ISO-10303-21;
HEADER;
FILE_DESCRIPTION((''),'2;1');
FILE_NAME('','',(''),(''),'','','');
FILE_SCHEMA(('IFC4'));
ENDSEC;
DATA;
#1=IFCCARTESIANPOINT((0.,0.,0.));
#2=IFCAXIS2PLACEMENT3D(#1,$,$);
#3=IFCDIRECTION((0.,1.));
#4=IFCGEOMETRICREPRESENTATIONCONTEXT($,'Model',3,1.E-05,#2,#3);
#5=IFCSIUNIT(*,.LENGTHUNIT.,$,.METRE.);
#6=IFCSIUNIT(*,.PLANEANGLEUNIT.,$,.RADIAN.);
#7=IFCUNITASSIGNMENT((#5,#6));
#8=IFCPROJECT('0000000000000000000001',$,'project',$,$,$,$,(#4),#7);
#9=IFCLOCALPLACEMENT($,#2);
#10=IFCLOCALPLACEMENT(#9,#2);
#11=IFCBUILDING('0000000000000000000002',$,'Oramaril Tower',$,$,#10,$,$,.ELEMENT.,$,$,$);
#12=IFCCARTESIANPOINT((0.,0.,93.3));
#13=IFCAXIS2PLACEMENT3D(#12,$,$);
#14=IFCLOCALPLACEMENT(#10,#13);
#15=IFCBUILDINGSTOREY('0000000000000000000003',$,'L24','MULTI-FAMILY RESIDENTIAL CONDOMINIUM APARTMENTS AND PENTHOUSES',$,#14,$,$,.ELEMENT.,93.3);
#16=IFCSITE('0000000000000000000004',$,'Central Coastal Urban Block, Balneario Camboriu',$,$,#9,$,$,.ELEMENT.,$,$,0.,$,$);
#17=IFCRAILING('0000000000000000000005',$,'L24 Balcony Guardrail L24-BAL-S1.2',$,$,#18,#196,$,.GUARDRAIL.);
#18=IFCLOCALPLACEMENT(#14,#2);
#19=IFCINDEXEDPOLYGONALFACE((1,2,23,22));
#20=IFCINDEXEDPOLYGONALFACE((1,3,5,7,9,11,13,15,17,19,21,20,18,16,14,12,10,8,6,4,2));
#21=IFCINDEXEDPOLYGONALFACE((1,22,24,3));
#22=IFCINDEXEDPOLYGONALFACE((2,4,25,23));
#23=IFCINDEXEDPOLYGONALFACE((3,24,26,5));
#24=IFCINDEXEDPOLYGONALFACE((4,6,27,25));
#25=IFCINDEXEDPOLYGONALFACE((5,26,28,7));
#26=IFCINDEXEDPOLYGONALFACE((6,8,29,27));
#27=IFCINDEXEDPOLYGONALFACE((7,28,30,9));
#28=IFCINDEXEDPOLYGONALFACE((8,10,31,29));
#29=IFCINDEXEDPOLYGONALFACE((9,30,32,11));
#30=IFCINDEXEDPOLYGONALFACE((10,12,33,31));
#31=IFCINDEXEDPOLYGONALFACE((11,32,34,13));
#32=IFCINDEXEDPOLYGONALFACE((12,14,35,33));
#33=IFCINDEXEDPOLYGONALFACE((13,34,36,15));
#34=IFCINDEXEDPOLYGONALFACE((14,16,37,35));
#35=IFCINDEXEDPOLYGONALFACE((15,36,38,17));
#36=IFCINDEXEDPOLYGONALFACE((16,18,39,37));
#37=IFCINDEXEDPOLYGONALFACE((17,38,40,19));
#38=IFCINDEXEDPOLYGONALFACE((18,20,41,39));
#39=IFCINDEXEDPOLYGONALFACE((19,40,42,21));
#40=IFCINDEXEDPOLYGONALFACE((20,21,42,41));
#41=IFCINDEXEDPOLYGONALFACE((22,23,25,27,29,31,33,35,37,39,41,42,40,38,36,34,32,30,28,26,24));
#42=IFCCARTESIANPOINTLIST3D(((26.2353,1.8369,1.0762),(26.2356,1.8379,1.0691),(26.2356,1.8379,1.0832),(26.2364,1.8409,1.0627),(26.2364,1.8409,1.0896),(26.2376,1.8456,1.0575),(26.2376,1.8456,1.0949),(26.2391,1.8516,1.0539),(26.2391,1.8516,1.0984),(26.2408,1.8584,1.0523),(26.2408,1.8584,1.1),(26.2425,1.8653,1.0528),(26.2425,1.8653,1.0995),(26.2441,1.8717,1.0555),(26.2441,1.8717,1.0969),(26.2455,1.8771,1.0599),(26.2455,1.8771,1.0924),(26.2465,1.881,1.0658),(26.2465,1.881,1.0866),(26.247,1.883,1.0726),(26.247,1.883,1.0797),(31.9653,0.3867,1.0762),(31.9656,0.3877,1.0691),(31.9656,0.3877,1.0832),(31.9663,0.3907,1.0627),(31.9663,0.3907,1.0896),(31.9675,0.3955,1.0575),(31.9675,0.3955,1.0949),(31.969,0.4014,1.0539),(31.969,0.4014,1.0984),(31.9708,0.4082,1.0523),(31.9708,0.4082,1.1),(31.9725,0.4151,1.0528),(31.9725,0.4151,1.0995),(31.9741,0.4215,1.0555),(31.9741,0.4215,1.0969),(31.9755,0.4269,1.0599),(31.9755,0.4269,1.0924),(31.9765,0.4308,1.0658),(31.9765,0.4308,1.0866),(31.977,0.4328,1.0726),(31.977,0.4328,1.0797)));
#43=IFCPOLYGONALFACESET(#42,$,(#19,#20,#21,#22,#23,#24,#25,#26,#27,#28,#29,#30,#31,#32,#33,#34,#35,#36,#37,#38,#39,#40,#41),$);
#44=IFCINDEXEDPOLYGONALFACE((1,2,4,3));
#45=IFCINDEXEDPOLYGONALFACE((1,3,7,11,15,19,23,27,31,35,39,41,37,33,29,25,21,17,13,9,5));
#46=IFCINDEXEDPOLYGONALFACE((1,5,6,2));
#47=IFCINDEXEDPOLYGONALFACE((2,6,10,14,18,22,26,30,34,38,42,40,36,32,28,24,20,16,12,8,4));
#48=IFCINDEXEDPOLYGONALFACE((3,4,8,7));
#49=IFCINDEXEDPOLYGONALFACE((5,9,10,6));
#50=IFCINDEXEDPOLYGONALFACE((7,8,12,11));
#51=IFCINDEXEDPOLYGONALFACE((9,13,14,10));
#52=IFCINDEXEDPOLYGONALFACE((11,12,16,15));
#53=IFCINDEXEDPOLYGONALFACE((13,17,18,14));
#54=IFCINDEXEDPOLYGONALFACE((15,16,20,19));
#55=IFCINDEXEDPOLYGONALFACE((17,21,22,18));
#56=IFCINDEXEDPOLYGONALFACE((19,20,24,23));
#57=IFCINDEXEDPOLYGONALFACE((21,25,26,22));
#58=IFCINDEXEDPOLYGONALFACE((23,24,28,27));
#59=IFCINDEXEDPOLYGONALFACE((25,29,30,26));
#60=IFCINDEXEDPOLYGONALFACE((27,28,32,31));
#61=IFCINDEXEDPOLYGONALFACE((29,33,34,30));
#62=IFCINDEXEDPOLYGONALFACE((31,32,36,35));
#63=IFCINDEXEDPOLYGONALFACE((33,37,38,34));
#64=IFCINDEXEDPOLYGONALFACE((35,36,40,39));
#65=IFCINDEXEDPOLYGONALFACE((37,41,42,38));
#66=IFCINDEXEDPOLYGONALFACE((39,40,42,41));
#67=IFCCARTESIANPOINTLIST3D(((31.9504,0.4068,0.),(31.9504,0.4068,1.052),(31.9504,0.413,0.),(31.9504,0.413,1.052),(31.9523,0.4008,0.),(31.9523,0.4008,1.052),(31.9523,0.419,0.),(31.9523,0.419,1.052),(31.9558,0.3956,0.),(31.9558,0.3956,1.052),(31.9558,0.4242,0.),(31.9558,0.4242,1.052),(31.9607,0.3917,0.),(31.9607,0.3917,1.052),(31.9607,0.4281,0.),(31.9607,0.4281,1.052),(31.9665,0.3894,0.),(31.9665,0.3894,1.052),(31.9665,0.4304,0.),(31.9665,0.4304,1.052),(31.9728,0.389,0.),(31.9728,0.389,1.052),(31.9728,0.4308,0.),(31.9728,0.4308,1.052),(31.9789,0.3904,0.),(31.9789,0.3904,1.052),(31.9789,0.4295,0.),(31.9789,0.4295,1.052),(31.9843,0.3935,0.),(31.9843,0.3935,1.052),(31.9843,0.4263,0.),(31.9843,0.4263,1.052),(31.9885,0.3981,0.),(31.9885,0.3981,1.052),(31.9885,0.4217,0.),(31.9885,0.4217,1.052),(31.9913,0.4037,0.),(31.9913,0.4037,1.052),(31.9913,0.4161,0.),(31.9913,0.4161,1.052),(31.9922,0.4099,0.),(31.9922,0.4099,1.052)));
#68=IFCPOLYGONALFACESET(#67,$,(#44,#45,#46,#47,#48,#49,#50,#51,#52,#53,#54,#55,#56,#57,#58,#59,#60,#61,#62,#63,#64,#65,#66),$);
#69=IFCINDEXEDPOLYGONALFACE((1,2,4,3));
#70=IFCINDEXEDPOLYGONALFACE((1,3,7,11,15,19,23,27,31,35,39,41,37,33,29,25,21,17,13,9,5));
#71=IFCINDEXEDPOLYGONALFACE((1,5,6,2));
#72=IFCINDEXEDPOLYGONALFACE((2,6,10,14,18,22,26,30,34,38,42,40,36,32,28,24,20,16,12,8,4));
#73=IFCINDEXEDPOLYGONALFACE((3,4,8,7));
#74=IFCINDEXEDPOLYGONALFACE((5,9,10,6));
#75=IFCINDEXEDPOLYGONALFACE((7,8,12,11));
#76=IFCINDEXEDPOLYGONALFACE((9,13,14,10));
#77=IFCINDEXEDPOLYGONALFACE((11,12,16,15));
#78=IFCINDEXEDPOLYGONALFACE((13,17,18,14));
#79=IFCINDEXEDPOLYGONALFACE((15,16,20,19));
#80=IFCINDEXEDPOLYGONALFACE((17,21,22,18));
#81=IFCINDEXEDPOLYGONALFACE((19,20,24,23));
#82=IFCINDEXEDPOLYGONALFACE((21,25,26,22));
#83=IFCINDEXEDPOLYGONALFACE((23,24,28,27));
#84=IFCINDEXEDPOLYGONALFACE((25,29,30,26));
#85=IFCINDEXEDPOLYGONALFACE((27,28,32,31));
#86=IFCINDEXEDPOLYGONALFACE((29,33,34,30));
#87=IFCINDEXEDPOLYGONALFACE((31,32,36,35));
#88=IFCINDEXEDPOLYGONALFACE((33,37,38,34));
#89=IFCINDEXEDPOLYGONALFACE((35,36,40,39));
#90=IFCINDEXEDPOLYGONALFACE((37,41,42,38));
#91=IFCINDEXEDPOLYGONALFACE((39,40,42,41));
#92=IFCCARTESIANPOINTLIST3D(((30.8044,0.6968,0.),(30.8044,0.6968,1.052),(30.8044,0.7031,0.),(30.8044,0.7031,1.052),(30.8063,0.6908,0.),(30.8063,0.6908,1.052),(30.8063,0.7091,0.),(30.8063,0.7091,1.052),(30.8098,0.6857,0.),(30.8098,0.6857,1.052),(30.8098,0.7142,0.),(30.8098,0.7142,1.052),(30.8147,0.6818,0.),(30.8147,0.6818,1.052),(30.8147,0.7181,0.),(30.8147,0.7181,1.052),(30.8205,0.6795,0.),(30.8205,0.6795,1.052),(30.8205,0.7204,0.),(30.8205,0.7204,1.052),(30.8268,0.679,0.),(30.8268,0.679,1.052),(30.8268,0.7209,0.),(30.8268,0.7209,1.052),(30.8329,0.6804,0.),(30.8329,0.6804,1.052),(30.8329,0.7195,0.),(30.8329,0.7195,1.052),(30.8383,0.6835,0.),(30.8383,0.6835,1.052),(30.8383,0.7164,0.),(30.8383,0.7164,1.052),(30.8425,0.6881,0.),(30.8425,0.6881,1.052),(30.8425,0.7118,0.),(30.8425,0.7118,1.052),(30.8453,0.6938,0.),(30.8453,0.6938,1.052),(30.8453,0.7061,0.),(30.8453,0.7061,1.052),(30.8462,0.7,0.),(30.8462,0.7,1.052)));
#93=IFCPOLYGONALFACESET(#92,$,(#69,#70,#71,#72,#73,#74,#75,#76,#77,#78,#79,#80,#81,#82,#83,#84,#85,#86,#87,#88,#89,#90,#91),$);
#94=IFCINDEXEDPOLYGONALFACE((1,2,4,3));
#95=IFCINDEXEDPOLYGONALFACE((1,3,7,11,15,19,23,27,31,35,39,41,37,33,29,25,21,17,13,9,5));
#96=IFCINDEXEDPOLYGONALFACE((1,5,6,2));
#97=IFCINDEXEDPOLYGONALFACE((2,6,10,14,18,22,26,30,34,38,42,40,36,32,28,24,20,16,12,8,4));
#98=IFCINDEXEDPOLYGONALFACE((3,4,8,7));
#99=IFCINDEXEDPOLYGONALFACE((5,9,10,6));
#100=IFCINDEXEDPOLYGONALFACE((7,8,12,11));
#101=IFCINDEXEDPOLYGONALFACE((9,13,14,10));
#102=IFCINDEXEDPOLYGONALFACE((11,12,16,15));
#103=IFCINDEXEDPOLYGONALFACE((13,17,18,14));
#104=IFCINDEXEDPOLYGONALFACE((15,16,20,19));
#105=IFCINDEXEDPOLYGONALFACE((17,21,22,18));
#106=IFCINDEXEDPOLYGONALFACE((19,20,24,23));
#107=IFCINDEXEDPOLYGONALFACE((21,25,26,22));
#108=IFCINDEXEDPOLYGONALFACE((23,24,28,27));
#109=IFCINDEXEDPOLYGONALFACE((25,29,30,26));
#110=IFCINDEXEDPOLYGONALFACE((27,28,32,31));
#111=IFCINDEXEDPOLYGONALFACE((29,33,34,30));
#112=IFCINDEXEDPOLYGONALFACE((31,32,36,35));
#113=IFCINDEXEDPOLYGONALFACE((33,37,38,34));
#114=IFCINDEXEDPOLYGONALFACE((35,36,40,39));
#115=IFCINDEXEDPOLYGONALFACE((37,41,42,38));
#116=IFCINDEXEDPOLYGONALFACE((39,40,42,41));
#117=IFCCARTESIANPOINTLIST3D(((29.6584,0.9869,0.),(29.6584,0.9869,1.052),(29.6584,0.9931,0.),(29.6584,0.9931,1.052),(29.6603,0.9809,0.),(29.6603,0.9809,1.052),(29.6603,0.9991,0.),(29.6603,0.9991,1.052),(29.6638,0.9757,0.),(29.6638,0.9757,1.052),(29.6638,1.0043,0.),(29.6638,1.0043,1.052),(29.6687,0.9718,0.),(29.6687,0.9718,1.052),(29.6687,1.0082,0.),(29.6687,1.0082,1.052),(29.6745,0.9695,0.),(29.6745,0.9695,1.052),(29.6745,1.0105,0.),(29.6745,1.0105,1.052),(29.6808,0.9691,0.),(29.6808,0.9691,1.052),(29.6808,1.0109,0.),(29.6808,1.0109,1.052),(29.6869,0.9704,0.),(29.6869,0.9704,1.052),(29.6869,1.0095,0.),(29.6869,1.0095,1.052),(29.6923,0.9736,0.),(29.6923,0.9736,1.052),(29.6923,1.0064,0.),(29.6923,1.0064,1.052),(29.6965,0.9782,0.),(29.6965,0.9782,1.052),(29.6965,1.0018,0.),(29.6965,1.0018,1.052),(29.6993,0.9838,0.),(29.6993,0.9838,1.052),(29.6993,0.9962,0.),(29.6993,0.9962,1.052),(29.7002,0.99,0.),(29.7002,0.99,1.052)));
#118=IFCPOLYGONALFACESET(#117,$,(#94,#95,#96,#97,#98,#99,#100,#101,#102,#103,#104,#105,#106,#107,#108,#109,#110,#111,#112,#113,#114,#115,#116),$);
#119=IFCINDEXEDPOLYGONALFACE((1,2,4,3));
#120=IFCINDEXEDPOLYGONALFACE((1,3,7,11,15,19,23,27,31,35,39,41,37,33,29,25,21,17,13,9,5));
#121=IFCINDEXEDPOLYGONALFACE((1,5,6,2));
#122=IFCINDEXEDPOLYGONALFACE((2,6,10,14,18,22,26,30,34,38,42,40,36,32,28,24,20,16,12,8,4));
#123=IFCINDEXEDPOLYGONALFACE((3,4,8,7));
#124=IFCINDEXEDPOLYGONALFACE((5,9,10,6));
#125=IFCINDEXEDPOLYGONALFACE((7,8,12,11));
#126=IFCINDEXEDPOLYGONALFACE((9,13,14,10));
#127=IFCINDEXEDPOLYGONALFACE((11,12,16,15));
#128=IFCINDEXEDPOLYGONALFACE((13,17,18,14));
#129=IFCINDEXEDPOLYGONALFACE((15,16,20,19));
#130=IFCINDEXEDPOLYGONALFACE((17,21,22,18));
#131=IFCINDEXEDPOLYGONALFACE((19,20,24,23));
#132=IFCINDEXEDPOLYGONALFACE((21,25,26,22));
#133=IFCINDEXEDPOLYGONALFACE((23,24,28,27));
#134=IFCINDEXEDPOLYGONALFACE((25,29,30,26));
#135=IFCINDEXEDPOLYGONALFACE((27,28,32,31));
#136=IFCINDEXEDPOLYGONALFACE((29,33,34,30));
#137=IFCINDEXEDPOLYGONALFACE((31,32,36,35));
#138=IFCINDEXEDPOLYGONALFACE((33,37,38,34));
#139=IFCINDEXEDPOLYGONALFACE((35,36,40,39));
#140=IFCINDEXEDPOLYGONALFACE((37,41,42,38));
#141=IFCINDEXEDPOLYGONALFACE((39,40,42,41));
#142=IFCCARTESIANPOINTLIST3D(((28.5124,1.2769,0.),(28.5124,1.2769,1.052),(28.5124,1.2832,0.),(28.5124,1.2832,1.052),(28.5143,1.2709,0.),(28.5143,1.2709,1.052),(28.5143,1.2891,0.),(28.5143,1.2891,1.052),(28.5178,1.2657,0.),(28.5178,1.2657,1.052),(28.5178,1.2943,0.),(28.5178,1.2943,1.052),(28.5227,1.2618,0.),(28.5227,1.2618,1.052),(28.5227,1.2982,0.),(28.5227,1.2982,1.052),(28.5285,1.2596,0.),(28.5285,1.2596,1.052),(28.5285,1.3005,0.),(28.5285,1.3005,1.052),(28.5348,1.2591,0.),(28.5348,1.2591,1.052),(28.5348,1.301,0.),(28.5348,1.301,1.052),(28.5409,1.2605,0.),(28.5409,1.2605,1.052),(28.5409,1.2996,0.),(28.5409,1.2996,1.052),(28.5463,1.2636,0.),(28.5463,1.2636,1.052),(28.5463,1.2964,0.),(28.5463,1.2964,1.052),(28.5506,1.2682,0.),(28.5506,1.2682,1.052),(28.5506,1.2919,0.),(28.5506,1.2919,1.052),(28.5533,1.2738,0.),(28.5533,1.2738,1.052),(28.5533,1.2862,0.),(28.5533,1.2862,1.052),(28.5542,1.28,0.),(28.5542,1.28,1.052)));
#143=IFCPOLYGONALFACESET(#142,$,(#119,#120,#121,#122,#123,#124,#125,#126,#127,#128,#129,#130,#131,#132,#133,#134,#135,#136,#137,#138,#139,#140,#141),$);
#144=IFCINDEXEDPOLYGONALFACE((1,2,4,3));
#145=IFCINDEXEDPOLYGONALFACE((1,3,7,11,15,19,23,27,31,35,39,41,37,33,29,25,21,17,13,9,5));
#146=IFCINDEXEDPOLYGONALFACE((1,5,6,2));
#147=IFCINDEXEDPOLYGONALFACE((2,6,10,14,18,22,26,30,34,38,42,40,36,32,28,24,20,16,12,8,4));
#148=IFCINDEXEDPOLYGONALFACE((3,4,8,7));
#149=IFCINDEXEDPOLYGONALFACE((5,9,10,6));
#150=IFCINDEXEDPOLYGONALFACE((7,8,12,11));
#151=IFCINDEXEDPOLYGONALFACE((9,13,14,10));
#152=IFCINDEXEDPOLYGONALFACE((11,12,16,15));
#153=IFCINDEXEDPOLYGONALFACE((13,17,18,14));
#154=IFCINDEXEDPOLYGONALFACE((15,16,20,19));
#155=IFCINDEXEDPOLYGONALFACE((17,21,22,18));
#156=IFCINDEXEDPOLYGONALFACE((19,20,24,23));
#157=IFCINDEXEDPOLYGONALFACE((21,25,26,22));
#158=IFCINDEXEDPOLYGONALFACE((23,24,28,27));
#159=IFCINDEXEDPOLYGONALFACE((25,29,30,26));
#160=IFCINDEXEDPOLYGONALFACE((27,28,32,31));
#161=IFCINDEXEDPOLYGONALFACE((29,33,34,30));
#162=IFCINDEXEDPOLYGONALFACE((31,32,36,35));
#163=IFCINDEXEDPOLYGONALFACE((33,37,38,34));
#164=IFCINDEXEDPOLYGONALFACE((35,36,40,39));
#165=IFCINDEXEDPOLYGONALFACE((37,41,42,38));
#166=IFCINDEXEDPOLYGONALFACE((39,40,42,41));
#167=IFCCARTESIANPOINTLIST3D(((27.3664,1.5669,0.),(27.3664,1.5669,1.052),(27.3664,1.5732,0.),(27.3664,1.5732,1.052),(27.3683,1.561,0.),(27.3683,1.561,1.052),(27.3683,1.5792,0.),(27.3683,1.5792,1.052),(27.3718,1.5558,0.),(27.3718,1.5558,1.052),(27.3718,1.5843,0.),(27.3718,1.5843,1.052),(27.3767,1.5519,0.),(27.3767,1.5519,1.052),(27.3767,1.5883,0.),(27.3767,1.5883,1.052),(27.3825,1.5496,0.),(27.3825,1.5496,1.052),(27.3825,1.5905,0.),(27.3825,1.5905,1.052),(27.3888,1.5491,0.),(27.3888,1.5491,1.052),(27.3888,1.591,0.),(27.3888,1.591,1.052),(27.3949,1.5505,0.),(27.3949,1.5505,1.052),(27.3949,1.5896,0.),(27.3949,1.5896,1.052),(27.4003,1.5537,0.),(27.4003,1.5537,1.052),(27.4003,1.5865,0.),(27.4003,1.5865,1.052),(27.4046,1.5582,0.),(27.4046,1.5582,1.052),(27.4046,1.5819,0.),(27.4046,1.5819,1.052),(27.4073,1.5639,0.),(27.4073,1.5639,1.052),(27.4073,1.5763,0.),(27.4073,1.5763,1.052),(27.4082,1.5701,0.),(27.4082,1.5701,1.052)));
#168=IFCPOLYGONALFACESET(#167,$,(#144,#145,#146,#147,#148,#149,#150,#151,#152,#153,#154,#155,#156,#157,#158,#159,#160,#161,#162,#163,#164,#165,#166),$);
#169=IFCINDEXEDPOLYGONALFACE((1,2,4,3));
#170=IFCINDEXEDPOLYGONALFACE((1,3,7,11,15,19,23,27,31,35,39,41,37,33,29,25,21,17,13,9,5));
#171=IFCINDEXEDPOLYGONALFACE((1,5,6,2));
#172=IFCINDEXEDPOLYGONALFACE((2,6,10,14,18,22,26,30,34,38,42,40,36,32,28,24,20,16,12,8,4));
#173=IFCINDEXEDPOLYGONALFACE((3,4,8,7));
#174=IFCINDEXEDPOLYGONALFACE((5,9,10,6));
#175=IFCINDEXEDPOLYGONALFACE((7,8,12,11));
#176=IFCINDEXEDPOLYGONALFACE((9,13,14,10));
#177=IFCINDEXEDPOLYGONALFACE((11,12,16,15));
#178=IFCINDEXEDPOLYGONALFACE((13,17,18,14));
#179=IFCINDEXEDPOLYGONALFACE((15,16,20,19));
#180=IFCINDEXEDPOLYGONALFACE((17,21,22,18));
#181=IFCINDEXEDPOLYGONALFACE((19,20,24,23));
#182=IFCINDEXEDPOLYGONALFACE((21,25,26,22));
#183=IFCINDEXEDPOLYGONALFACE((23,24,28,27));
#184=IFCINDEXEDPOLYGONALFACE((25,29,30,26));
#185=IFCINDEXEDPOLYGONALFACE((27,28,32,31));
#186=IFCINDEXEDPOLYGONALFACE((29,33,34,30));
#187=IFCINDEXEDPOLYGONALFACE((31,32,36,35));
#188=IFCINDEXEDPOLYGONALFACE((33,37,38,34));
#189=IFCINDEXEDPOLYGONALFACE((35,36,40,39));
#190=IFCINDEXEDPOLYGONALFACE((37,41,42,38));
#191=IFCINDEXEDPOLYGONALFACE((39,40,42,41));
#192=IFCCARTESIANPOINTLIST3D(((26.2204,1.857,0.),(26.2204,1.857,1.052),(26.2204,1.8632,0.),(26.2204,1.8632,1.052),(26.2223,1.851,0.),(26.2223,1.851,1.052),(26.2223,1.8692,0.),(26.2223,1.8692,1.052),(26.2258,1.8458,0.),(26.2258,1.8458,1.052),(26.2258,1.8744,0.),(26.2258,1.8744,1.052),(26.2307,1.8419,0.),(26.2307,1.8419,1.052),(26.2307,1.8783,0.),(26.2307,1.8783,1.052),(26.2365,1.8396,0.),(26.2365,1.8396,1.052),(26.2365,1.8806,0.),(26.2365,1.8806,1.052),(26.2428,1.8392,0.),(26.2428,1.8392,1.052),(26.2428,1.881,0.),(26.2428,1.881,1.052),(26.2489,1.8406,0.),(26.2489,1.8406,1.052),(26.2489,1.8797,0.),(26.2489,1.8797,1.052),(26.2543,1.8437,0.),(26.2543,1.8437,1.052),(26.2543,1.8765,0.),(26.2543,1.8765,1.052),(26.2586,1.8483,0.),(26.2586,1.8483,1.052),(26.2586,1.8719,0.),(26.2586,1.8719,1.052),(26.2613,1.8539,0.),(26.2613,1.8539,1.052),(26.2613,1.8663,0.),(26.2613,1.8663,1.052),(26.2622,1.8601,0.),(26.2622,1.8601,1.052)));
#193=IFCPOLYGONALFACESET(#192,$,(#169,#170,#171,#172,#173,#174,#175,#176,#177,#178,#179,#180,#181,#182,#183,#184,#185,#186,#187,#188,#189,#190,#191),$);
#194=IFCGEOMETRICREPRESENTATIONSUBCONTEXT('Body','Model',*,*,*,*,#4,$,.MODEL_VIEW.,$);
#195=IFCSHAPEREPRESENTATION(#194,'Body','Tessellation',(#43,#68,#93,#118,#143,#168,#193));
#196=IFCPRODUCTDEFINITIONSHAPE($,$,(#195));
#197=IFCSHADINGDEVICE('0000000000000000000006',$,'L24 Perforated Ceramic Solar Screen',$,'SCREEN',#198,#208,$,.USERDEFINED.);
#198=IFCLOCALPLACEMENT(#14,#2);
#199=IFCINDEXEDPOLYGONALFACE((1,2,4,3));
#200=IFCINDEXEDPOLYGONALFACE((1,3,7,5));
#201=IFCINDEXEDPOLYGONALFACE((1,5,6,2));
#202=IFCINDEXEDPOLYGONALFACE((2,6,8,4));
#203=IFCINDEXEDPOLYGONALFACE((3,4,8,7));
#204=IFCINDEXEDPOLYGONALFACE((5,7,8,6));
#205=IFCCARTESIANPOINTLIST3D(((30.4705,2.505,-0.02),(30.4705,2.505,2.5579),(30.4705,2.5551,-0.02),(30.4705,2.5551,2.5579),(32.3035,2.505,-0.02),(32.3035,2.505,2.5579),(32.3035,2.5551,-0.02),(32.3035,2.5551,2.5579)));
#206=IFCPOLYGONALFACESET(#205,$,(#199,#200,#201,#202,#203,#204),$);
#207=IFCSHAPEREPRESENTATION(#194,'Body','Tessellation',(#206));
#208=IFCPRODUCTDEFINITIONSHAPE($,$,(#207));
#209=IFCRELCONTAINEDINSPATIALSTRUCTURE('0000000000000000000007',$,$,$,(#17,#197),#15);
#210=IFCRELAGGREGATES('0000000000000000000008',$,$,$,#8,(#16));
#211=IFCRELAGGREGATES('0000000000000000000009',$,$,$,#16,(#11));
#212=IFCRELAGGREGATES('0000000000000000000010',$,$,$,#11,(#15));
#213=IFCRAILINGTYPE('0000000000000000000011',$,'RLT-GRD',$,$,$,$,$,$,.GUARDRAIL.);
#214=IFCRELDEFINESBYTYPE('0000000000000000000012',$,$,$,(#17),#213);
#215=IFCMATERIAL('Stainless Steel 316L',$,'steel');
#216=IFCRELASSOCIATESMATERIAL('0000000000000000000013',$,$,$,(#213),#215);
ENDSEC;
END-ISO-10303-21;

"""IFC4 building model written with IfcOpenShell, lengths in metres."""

from ifc_helpers import new_model, si_unit, direction, frame, origin, origin_2d, place, context, subcontext, project, spatial, rectangle, circle, extrude, material, type_object, element, save


model = new_model("IFC4")

# Units and contexts
model_context = context("Model", 3, precision=1e-05, world=origin(), true_north=direction((0.0, 1.0)))
body_context = subcontext(model_context, "Body", "Model", "MODEL_VIEW")
ifc_project = project(units=[si_unit("LENGTHUNIT", "METRE"), si_unit("PLANEANGLEUNIT", "RADIAN")], contexts=[model_context])

# Site, building, storey
site_placement = place(None, origin())
site = spatial("IfcSite", under=ifc_project, at=site_placement, Name="Central Coastal Urban Block, Balneario Camboriu", CompositionType="ELEMENT", RefElevation=0.0)
building_placement = place(site_placement, origin())
building = spatial("IfcBuilding", under=site, at=building_placement, Name="Oramaril Tower", CompositionType="ELEMENT")
storey_placement = place(building_placement, frame((0.0, 0.0, 93.3)))
storey = spatial("IfcBuildingStorey", under=building, at=storey_placement, Name="L24", Description="MULTI-FAMILY RESIDENTIAL CONDOMINIUM APARTMENTS AND PENTHOUSES", CompositionType="ELEMENT", Elevation=93.3)

# Railing
ifc_material_1 = material(Name="Stainless Steel 316L", Category="steel")
railing_type = type_object("IfcRailingType", Name="RLT-GRD", PredefinedType="GUARDRAIL", material=ifc_material_1)
railing_1_placement = place(storey_placement, frame((31.9712, 0.4099, 0.0)))
element("IfcRailing", 1, at=railing_1_placement, inside=storey, type_object=railing_type, Name="L24 Balcony Guardrail L24-BAL-S1.2", PredefinedType="GUARDRAIL", context=body_context, shape_type="SweptSolid", body=[
    extrude(circle(Radius=0.0239, at=origin_2d()), frame((0.0, 0.0, 1.0762), z_axis=(-0.969434, 0.245353, 0.0), x_axis=(-0.245353, -0.969434, 0.0)), (0.0, 0.0, 1.0), 5.9106),
    extrude(circle(Radius=0.021, at=origin_2d()), origin(), (0.0, 0.0, 1.0), 1.052),
    extrude(circle(Radius=0.021, at=origin_2d()), frame((-1.146, 0.29, 0.0)), (0.0, 0.0, 1.0), 1.052),
    extrude(circle(Radius=0.021, at=origin_2d()), frame((-2.292, 0.5801, 0.0)), (0.0, 0.0, 1.0), 1.052),
    extrude(circle(Radius=0.021, at=origin_2d()), frame((-3.438, 0.8701, 0.0)), (0.0, 0.0, 1.0), 1.052),
    extrude(circle(Radius=0.021, at=origin_2d()), frame((-4.584, 1.1602, 0.0)), (0.0, 0.0, 1.0), 1.052),
    extrude(circle(Radius=0.021, at=origin_2d()), frame((-5.73, 1.4502, 0.0)), (0.0, 0.0, 1.0), 1.052),
])

# Shading device
shading_device_placement = place(storey_placement, frame((31.387, 2.53, -0.02), z_axis=(0.0, 0.0, 1.0), x_axis=(1.0, 0.0, 0.0)))
element("IfcShadingDevice", 2, at=shading_device_placement, inside=storey, Name="L24 Perforated Ceramic Solar Screen", ObjectType="SCREEN", PredefinedType="USERDEFINED", context=body_context, shape_type="SweptSolid", body=[
    extrude(rectangle(XDim=1.833, YDim=0.05, at=origin_2d()), origin(), (0.0, 0.0, 1.0), 2.5779),
])

save(model, "model.ifc")
